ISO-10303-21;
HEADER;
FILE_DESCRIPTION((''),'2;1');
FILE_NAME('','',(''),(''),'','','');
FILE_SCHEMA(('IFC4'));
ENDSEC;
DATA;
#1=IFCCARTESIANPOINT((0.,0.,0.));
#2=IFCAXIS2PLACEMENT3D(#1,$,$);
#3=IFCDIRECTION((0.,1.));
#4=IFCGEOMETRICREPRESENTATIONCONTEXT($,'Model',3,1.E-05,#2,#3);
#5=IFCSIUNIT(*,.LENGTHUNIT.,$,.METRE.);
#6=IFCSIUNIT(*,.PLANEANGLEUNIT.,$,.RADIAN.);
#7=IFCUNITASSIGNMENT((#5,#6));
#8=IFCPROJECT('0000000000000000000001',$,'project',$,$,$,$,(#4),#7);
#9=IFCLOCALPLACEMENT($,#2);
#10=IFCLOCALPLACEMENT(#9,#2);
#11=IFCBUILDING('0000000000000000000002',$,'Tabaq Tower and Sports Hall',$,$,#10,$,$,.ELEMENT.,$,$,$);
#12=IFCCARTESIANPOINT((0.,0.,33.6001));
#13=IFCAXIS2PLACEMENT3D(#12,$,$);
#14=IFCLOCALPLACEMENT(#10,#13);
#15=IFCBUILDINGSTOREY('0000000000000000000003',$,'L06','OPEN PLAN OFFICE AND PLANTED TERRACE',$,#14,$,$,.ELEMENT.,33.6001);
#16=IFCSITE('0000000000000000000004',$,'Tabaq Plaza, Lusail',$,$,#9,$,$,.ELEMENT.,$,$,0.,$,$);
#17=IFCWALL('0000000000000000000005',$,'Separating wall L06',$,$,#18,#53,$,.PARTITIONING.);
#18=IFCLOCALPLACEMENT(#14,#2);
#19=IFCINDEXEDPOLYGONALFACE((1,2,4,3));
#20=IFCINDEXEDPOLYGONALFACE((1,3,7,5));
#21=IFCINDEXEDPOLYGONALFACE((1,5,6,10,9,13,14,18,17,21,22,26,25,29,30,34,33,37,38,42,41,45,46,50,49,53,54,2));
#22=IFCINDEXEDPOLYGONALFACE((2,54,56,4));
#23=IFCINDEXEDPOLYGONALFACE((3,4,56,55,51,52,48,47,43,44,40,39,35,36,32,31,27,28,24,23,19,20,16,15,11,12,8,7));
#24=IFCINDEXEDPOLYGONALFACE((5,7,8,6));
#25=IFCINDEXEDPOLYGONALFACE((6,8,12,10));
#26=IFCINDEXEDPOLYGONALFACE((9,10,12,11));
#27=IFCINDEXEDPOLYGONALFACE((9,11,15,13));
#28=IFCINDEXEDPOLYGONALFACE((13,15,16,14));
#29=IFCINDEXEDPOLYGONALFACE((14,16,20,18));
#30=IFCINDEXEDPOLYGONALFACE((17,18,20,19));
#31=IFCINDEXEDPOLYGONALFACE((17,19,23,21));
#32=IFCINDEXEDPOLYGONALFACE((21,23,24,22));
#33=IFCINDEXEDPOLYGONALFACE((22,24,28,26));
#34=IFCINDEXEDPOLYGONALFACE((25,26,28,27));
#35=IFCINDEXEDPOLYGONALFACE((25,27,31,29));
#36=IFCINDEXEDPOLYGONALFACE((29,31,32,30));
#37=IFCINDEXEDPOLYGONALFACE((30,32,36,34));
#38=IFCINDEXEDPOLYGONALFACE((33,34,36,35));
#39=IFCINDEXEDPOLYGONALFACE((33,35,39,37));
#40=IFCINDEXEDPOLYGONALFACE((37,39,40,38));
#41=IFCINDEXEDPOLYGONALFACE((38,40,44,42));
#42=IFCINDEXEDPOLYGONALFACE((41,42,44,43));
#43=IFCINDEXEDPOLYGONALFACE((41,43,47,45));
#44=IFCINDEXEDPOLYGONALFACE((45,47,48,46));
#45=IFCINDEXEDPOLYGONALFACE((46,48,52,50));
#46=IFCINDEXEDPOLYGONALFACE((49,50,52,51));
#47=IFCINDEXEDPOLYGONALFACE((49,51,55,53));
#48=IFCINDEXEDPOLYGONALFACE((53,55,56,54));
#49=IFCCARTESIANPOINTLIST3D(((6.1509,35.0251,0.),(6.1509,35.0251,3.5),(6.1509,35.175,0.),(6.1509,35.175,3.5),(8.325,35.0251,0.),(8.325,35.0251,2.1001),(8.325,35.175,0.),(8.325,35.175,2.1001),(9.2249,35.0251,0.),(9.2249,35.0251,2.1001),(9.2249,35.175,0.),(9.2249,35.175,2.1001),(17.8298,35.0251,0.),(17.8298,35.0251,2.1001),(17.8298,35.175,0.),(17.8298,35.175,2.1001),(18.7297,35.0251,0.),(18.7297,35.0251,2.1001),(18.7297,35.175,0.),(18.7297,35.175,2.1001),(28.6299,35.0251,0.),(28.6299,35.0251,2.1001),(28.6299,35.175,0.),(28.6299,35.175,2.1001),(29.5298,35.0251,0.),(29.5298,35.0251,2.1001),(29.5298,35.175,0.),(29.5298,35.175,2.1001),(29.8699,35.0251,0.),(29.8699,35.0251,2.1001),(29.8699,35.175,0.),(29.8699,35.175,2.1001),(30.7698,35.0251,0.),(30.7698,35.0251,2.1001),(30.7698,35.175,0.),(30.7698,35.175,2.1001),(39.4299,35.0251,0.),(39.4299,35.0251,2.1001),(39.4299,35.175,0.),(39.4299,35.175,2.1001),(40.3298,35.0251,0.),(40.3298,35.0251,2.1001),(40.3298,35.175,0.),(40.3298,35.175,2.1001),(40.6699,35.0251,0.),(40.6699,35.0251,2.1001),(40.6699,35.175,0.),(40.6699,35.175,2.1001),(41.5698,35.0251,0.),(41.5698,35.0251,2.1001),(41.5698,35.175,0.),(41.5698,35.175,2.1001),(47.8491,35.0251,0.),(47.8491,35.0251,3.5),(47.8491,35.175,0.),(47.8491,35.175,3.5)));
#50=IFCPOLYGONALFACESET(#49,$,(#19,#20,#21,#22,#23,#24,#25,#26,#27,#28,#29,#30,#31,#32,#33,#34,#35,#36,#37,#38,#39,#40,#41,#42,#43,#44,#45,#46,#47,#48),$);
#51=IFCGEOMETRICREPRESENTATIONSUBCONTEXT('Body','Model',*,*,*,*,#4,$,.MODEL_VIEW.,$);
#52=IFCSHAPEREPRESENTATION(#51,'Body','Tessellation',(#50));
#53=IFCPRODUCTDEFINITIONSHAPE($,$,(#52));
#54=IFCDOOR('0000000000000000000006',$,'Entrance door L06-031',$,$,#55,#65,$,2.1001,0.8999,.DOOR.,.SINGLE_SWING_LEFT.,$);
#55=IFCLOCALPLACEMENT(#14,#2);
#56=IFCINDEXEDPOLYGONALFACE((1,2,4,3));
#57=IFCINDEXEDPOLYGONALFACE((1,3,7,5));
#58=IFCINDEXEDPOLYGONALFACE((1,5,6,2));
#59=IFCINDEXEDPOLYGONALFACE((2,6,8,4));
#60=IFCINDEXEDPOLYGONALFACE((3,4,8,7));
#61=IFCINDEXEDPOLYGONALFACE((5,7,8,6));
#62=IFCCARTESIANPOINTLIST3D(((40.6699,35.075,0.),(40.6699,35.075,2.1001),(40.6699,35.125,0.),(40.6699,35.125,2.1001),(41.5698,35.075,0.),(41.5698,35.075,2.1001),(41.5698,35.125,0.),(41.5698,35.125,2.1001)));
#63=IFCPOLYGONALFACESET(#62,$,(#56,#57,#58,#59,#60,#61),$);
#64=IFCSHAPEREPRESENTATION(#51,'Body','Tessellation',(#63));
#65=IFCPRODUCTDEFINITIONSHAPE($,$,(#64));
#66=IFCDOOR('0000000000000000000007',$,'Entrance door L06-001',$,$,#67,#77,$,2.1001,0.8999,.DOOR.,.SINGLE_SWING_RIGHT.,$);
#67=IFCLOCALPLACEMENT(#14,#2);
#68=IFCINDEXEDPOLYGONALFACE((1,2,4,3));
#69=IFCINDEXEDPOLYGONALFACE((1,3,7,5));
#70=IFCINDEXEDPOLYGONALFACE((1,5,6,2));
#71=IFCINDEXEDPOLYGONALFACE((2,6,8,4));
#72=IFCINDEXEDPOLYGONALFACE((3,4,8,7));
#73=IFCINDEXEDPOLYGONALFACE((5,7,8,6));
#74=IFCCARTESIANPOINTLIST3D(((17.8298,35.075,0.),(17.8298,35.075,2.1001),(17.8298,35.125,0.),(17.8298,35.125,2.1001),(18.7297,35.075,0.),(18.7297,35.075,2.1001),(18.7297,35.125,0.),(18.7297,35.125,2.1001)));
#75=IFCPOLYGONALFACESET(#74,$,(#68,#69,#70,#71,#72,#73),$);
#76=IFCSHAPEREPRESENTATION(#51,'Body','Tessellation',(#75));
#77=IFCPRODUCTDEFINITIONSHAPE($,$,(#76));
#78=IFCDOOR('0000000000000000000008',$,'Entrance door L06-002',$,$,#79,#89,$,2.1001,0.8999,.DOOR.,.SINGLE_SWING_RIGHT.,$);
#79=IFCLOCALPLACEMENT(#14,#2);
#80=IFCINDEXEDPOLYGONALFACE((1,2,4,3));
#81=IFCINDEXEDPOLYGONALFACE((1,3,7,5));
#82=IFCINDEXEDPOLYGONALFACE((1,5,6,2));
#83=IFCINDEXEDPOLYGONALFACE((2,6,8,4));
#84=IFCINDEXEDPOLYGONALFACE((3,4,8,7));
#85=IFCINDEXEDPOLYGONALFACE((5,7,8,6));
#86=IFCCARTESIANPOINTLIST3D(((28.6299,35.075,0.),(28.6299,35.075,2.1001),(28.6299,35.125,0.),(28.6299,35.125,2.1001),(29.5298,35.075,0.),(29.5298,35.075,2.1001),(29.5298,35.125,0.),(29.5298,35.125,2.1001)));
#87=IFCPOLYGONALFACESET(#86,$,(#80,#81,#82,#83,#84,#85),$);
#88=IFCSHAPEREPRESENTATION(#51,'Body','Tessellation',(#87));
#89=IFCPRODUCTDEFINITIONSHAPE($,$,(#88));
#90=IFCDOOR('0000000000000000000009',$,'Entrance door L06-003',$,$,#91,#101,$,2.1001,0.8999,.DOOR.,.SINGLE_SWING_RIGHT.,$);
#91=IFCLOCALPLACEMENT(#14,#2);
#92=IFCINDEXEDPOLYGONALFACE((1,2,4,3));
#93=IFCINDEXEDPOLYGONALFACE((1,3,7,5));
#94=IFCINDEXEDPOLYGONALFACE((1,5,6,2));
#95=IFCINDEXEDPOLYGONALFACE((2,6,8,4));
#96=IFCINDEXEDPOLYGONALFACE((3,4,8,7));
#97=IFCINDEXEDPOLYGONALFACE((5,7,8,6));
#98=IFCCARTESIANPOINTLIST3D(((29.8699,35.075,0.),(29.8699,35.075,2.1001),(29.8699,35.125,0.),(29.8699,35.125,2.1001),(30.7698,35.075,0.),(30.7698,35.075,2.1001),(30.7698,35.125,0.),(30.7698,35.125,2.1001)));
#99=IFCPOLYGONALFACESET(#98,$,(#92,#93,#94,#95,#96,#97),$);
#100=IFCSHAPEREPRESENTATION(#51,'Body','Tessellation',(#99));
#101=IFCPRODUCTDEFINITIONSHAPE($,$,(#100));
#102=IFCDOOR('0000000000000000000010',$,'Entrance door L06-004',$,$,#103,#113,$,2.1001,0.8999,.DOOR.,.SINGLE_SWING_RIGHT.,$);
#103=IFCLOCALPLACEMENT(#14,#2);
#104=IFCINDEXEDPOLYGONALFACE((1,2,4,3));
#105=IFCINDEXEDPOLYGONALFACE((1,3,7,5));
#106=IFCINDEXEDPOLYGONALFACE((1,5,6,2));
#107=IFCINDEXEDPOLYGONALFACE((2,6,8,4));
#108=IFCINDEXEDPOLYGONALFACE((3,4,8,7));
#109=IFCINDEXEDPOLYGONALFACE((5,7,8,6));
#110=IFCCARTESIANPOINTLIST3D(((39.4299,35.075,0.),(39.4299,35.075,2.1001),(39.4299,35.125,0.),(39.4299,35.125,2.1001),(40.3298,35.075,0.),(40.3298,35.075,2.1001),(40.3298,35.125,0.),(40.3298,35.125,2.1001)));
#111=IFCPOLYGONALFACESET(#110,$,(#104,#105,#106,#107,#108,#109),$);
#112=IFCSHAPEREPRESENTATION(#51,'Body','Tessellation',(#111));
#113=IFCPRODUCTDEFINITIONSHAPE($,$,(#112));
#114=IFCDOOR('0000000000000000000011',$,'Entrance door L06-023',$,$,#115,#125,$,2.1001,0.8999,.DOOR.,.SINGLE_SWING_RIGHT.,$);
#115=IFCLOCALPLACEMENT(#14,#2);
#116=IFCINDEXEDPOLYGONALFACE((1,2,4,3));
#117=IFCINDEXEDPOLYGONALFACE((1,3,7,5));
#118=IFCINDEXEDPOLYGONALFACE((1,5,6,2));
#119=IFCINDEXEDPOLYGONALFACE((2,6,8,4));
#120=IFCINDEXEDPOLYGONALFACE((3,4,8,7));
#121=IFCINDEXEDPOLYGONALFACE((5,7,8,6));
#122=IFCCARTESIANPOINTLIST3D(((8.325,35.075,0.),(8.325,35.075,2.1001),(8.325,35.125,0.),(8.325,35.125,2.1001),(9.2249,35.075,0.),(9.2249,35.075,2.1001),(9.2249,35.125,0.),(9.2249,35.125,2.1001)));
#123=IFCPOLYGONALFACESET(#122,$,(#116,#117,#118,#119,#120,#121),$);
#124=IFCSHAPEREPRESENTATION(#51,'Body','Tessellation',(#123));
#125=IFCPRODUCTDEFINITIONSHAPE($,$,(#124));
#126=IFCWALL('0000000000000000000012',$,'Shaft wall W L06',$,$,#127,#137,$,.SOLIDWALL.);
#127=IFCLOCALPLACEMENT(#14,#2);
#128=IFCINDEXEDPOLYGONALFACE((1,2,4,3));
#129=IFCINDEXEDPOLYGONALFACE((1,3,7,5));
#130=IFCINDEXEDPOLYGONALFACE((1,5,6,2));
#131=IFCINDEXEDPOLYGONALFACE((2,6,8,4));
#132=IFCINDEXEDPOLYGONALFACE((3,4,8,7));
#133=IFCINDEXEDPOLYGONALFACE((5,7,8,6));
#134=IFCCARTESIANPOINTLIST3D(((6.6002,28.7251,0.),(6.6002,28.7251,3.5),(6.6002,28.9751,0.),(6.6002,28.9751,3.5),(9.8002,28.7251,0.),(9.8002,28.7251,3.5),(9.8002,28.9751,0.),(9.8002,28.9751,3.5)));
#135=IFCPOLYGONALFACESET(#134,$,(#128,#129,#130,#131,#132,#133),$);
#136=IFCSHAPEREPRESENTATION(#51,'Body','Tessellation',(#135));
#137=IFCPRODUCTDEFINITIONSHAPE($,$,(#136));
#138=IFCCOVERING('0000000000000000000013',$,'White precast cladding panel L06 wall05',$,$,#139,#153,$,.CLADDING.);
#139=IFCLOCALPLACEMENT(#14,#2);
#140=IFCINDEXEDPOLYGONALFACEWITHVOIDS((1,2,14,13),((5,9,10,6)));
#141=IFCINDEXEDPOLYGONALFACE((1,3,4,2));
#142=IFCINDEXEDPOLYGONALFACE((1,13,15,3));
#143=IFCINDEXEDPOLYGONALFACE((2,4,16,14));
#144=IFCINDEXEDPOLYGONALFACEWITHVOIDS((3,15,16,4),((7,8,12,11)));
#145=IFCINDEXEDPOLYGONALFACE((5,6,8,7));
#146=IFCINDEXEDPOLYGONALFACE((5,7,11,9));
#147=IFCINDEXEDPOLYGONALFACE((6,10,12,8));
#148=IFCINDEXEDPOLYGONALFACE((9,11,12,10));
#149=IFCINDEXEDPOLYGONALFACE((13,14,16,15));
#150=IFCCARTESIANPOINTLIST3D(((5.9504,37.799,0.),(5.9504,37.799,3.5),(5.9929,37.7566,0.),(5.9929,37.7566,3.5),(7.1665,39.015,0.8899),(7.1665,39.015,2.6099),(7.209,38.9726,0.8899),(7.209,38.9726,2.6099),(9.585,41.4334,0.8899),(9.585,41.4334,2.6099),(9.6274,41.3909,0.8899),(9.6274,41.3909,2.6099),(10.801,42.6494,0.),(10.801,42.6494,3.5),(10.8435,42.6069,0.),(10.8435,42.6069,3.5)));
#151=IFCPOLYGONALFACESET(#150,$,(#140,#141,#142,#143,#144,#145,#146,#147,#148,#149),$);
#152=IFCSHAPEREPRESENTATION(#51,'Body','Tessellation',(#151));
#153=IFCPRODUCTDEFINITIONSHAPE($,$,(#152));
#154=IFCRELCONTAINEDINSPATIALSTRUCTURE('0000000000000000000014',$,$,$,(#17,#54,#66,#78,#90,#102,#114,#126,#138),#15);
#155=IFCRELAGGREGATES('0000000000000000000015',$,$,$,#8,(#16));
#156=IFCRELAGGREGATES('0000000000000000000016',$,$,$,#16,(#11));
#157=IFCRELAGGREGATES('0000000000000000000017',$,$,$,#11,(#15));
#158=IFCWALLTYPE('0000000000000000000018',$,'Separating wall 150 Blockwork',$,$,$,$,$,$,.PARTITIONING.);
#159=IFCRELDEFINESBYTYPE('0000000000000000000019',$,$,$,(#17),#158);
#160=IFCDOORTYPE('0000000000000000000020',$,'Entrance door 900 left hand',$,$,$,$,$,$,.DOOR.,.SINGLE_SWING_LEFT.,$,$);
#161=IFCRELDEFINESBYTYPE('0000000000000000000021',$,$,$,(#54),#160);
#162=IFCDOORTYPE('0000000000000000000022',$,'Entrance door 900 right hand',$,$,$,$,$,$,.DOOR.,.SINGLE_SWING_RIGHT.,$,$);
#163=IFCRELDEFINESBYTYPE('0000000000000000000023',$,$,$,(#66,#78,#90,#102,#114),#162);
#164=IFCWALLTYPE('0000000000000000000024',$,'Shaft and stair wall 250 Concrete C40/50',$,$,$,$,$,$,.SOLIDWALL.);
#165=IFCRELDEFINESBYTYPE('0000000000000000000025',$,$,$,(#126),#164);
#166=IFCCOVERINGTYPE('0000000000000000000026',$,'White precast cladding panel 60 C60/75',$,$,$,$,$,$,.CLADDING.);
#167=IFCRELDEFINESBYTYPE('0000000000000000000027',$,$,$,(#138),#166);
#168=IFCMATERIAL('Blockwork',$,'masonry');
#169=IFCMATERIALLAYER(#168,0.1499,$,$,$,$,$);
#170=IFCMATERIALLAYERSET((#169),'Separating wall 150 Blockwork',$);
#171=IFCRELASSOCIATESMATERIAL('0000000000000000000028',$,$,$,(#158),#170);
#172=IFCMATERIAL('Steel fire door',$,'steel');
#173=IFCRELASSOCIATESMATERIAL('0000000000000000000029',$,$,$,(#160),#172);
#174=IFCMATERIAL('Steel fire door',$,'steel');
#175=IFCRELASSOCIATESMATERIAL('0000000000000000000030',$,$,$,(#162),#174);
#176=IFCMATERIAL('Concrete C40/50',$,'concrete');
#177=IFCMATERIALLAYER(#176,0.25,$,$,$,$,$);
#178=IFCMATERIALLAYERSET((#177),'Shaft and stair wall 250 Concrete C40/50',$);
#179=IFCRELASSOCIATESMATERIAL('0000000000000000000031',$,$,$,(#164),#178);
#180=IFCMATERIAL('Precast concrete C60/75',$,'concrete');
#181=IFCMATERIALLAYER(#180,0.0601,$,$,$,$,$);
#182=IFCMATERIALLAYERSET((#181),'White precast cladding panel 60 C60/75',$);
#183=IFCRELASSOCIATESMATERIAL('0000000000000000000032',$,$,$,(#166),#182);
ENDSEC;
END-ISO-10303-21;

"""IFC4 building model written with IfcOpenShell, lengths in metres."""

from ifc_helpers import new_model, si_unit, direction, frame, frame_2d, origin, place, context, subcontext, project, spatial, polyline, rectangle, outline, extrude, material, layer, layer_set, type_object, element, fill, save


model = new_model("IFC4")

# Units and contexts
model_context = context("Model", 3, precision=1e-05, world=origin(), true_north=direction((0.0, 1.0)))
body_context = subcontext(model_context, "Body", "Model", "MODEL_VIEW")
ifc_project = project(units=[si_unit("LENGTHUNIT", "METRE"), si_unit("PLANEANGLEUNIT", "RADIAN")], contexts=[model_context])

# Site, building, storey
site_placement = place(None, origin())
site = spatial("IfcSite", under=ifc_project, at=site_placement, Name="Tabaq Plaza, Lusail", CompositionType="ELEMENT", RefElevation=0.0)
building_placement = place(site_placement, origin())
building = spatial("IfcBuilding", under=site, at=building_placement, Name="Tabaq Tower and Sports Hall", CompositionType="ELEMENT")
storey_placement = place(building_placement, frame((0.0, 0.0, 33.6001)))
storey = spatial("IfcBuildingStorey", under=building, at=storey_placement, Name="L06", Description="OPEN PLAN OFFICE AND PLANTED TERRACE", CompositionType="ELEMENT", Elevation=33.6001)

# Wall, openings, doors
ifc_material_1 = material(Name="Blockwork", Category="masonry")
ifc_layer_1 = layer(ifc_material_1, 0.1499)
ifc_layer_set_1 = layer_set([ifc_layer_1], Name="Separating wall 150 Blockwork")
wall_type_1 = type_object("IfcWallType", Name="Separating wall 150 Blockwork", PredefinedType="PARTITIONING", material=ifc_layer_set_1)
wall_1_placement = place(storey_placement, frame((6.1509, 35.1001, 0.0), z_axis=(0.0, 0.0, 1.0), x_axis=(1.0, 0.0, 0.0)))
wall_1 = element("IfcWall", 1, at=wall_1_placement, inside=storey, type_object=wall_type_1, Name="Separating wall L06", PredefinedType="PARTITIONING", context=body_context, shape_type="SweptSolid", body=[
    extrude(rectangle(XDim=41.6982, YDim=0.1499, at=frame_2d((20.8491, 0.0))), origin(), (0.0, 0.0, 1.0), 3.5),
])
opening_1_placement = place(wall_1_placement, frame((11.679, 0.0, 0.0)))
opening_1 = element("IfcOpeningElement", 2, at=opening_1_placement, cuts=wall_1, PredefinedType="OPENING", context=body_context, shape_type="SweptSolid", body=[
    extrude(rectangle(XDim=0.8999, YDim=2.1001, at=frame_2d((0.45, 1.05))), frame((0.0, 0.075, 0.0), z_axis=(0.0, -1.0, 0.0), x_axis=(1.0, 0.0, 0.0)), (0.0, 0.0, 1.0), 0.1499),
])
opening_2_placement = place(wall_1_placement, frame((22.479, 0.0, 0.0)))
opening_2 = element("IfcOpeningElement", 3, at=opening_2_placement, cuts=wall_1, PredefinedType="OPENING", context=body_context, shape_type="SweptSolid", body=[
    extrude(rectangle(XDim=0.8999, YDim=2.1001, at=frame_2d((0.45, 1.05))), frame((0.0, 0.075, 0.0), z_axis=(0.0, -1.0, 0.0), x_axis=(1.0, 0.0, 0.0)), (0.0, 0.0, 1.0), 0.1499),
])
opening_3_placement = place(wall_1_placement, frame((23.719, 0.0, 0.0)))
opening_3 = element("IfcOpeningElement", 4, at=opening_3_placement, cuts=wall_1, PredefinedType="OPENING", context=body_context, shape_type="SweptSolid", body=[
    extrude(rectangle(XDim=0.8999, YDim=2.1001, at=frame_2d((0.45, 1.05))), frame((0.0, 0.075, 0.0), z_axis=(0.0, -1.0, 0.0), x_axis=(1.0, 0.0, 0.0)), (0.0, 0.0, 1.0), 0.1499),
])
opening_4_placement = place(wall_1_placement, frame((33.2791, 0.0, 0.0)))
opening_4 = element("IfcOpeningElement", 5, at=opening_4_placement, cuts=wall_1, PredefinedType="OPENING", context=body_context, shape_type="SweptSolid", body=[
    extrude(rectangle(XDim=0.8999, YDim=2.1001, at=frame_2d((0.45, 1.05))), frame((0.0, 0.075, 0.0), z_axis=(0.0, -1.0, 0.0), x_axis=(1.0, 0.0, 0.0)), (0.0, 0.0, 1.0), 0.1499),
])
opening_5_placement = place(wall_1_placement, frame((2.1741, 0.0, 0.0)))
opening_5 = element("IfcOpeningElement", 6, at=opening_5_placement, cuts=wall_1, PredefinedType="OPENING", context=body_context, shape_type="SweptSolid", body=[
    extrude(rectangle(XDim=0.8999, YDim=2.1001, at=frame_2d((0.45, 1.05))), frame((0.0, 0.075, 0.0), z_axis=(0.0, -1.0, 0.0), x_axis=(1.0, 0.0, 0.0)), (0.0, 0.0, 1.0), 0.1499),
])
opening_6_placement = place(wall_1_placement, frame((34.519, 0.0, 0.0)))
opening_6 = element("IfcOpeningElement", 7, at=opening_6_placement, cuts=wall_1, PredefinedType="OPENING", context=body_context, shape_type="SweptSolid", body=[
    extrude(rectangle(XDim=0.8999, YDim=2.1001, at=frame_2d((0.45, 1.05))), frame((0.0, 0.075, 0.0), z_axis=(0.0, -1.0, 0.0), x_axis=(1.0, 0.0, 0.0)), (0.0, 0.0, 1.0), 0.1499),
])
ifc_material_2 = material(Name="Steel fire door", Category="steel")
door_type_1 = type_object("IfcDoorType", Name="Entrance door 900 left hand", OperationType="SINGLE_SWING_LEFT", PredefinedType="DOOR", material=ifc_material_2)
door_1_placement = place(opening_6_placement, origin())
door_1 = element("IfcDoor", 8, at=door_1_placement, inside=storey, type_object=door_type_1, Name="Entrance door L06-031", OperationType="SINGLE_SWING_LEFT", OverallHeight=2.1001, OverallWidth=0.8999, PredefinedType="DOOR", context=body_context, shape_type="SweptSolid", body=[
    extrude(rectangle(XDim=0.8999, YDim=2.1001, at=frame_2d((0.45, 1.05))), frame((0.0, 0.0249, 0.0), z_axis=(0.0, -1.0, 0.0), x_axis=(1.0, 0.0, 0.0)), (0.0, 0.0, 1.0), 0.05),
])
fill(opening_6, door_1)
ifc_material_3 = material(Name="Steel fire door", Category="steel")
door_type_2 = type_object("IfcDoorType", Name="Entrance door 900 right hand", OperationType="SINGLE_SWING_RIGHT", PredefinedType="DOOR", material=ifc_material_3)
door_2_placement = place(opening_1_placement, origin())
door_2 = element("IfcDoor", 9, at=door_2_placement, inside=storey, type_object=door_type_2, Name="Entrance door L06-001", OperationType="SINGLE_SWING_RIGHT", OverallHeight=2.1001, OverallWidth=0.8999, PredefinedType="DOOR", context=body_context, shape_type="SweptSolid", body=[
    extrude(rectangle(XDim=0.8999, YDim=2.1001, at=frame_2d((0.45, 1.05))), frame((0.0, 0.0249, 0.0), z_axis=(0.0, -1.0, 0.0), x_axis=(1.0, 0.0, 0.0)), (0.0, 0.0, 1.0), 0.05),
])
fill(opening_1, door_2)
door_3_placement = place(opening_2_placement, origin())
door_3 = element("IfcDoor", 10, at=door_3_placement, inside=storey, type_object=door_type_2, Name="Entrance door L06-002", OperationType="SINGLE_SWING_RIGHT", OverallHeight=2.1001, OverallWidth=0.8999, PredefinedType="DOOR", context=body_context, shape_type="SweptSolid", body=[
    extrude(rectangle(XDim=0.8999, YDim=2.1001, at=frame_2d((0.45, 1.05))), frame((0.0, 0.0249, 0.0), z_axis=(0.0, -1.0, 0.0), x_axis=(1.0, 0.0, 0.0)), (0.0, 0.0, 1.0), 0.05),
])
fill(opening_2, door_3)
door_4_placement = place(opening_3_placement, origin())
door_4 = element("IfcDoor", 11, at=door_4_placement, inside=storey, type_object=door_type_2, Name="Entrance door L06-003", OperationType="SINGLE_SWING_RIGHT", OverallHeight=2.1001, OverallWidth=0.8999, PredefinedType="DOOR", context=body_context, shape_type="SweptSolid", body=[
    extrude(rectangle(XDim=0.8999, YDim=2.1001, at=frame_2d((0.45, 1.05))), frame((0.0, 0.0249, 0.0), z_axis=(0.0, -1.0, 0.0), x_axis=(1.0, 0.0, 0.0)), (0.0, 0.0, 1.0), 0.05),
])
fill(opening_3, door_4)
door_5_placement = place(opening_4_placement, origin())
door_5 = element("IfcDoor", 12, at=door_5_placement, inside=storey, type_object=door_type_2, Name="Entrance door L06-004", OperationType="SINGLE_SWING_RIGHT", OverallHeight=2.1001, OverallWidth=0.8999, PredefinedType="DOOR", context=body_context, shape_type="SweptSolid", body=[
    extrude(rectangle(XDim=0.8999, YDim=2.1001, at=frame_2d((0.45, 1.05))), frame((0.0, 0.0249, 0.0), z_axis=(0.0, -1.0, 0.0), x_axis=(1.0, 0.0, 0.0)), (0.0, 0.0, 1.0), 0.05),
])
fill(opening_4, door_5)
door_6_placement = place(opening_5_placement, origin())
door_6 = element("IfcDoor", 13, at=door_6_placement, inside=storey, type_object=door_type_2, Name="Entrance door L06-023", OperationType="SINGLE_SWING_RIGHT", OverallHeight=2.1001, OverallWidth=0.8999, PredefinedType="DOOR", context=body_context, shape_type="SweptSolid", body=[
    extrude(rectangle(XDim=0.8999, YDim=2.1001, at=frame_2d((0.45, 1.05))), frame((0.0, 0.0249, 0.0), z_axis=(0.0, -1.0, 0.0), x_axis=(1.0, 0.0, 0.0)), (0.0, 0.0, 1.0), 0.05),
])
fill(opening_5, door_6)

# Wall
ifc_material_4 = material(Name="Concrete C40/50", Category="concrete")
ifc_layer_2 = layer(ifc_material_4, 0.25)
ifc_layer_set_2 = layer_set([ifc_layer_2], Name="Shaft and stair wall 250 Concrete C40/50")
wall_type_2 = type_object("IfcWallType", Name="Shaft and stair wall 250 Concrete C40/50", PredefinedType="SOLIDWALL", material=ifc_layer_set_2)
wall_2_placement = place(storey_placement, frame((6.6001, 28.8501, 0.0), z_axis=(0.0, 0.0, 1.0), x_axis=(1.0, 0.0, 0.0)))
element("IfcWall", 14, at=wall_2_placement, inside=storey, type_object=wall_type_2, Name="Shaft wall W L06", PredefinedType="SOLIDWALL", context=body_context, shape_type="SweptSolid", body=[
    extrude(rectangle(XDim=3.2, YDim=0.25, at=frame_2d((1.6001, 0.0))), origin(), (0.0, 0.0, 1.0), 3.5),
])

# Covering
ifc_material_5 = material(Name="Precast concrete C60/75", Category="concrete")
ifc_layer_3 = layer(ifc_material_5, 0.0601)
ifc_layer_set_3 = layer_set([ifc_layer_3], Name="White precast cladding panel 60 C60/75")
covering_type = type_object("IfcCoveringType", Name="White precast cladding panel 60 C60/75", PredefinedType="CLADDING", material=ifc_layer_set_3)
covering_1_placement = place(storey_placement, frame((10.8223, 42.6282, 0.0), z_axis=(0.0, 0.0, 1.0), x_axis=(-0.707125, -0.707089, 0.0)))
element("IfcCovering", 15, at=covering_1_placement, inside=storey, type_object=covering_type, Name="White precast cladding panel L06 wall05", PredefinedType="CLADDING", context=body_context, shape_type="SweptSolid", body=[
    extrude(outline(polyline([(0.0, 0.0), (6.8596, 0.0), (6.8596, 3.5), (0.0, 3.5), (0.0, 0.0)]), holes=[polyline([(1.7197, 0.8899), (1.7197, 2.6099), (5.1399, 2.6099), (5.1399, 0.8899), (1.7197, 0.8899)])]), frame((0.0, 0.03, 0.0), z_axis=(0.0, -1.0, 0.0), x_axis=(1.0, 0.0, 0.0)), (0.0, 0.0, 1.0), 0.0601),
])

save(model, "model.ifc")
